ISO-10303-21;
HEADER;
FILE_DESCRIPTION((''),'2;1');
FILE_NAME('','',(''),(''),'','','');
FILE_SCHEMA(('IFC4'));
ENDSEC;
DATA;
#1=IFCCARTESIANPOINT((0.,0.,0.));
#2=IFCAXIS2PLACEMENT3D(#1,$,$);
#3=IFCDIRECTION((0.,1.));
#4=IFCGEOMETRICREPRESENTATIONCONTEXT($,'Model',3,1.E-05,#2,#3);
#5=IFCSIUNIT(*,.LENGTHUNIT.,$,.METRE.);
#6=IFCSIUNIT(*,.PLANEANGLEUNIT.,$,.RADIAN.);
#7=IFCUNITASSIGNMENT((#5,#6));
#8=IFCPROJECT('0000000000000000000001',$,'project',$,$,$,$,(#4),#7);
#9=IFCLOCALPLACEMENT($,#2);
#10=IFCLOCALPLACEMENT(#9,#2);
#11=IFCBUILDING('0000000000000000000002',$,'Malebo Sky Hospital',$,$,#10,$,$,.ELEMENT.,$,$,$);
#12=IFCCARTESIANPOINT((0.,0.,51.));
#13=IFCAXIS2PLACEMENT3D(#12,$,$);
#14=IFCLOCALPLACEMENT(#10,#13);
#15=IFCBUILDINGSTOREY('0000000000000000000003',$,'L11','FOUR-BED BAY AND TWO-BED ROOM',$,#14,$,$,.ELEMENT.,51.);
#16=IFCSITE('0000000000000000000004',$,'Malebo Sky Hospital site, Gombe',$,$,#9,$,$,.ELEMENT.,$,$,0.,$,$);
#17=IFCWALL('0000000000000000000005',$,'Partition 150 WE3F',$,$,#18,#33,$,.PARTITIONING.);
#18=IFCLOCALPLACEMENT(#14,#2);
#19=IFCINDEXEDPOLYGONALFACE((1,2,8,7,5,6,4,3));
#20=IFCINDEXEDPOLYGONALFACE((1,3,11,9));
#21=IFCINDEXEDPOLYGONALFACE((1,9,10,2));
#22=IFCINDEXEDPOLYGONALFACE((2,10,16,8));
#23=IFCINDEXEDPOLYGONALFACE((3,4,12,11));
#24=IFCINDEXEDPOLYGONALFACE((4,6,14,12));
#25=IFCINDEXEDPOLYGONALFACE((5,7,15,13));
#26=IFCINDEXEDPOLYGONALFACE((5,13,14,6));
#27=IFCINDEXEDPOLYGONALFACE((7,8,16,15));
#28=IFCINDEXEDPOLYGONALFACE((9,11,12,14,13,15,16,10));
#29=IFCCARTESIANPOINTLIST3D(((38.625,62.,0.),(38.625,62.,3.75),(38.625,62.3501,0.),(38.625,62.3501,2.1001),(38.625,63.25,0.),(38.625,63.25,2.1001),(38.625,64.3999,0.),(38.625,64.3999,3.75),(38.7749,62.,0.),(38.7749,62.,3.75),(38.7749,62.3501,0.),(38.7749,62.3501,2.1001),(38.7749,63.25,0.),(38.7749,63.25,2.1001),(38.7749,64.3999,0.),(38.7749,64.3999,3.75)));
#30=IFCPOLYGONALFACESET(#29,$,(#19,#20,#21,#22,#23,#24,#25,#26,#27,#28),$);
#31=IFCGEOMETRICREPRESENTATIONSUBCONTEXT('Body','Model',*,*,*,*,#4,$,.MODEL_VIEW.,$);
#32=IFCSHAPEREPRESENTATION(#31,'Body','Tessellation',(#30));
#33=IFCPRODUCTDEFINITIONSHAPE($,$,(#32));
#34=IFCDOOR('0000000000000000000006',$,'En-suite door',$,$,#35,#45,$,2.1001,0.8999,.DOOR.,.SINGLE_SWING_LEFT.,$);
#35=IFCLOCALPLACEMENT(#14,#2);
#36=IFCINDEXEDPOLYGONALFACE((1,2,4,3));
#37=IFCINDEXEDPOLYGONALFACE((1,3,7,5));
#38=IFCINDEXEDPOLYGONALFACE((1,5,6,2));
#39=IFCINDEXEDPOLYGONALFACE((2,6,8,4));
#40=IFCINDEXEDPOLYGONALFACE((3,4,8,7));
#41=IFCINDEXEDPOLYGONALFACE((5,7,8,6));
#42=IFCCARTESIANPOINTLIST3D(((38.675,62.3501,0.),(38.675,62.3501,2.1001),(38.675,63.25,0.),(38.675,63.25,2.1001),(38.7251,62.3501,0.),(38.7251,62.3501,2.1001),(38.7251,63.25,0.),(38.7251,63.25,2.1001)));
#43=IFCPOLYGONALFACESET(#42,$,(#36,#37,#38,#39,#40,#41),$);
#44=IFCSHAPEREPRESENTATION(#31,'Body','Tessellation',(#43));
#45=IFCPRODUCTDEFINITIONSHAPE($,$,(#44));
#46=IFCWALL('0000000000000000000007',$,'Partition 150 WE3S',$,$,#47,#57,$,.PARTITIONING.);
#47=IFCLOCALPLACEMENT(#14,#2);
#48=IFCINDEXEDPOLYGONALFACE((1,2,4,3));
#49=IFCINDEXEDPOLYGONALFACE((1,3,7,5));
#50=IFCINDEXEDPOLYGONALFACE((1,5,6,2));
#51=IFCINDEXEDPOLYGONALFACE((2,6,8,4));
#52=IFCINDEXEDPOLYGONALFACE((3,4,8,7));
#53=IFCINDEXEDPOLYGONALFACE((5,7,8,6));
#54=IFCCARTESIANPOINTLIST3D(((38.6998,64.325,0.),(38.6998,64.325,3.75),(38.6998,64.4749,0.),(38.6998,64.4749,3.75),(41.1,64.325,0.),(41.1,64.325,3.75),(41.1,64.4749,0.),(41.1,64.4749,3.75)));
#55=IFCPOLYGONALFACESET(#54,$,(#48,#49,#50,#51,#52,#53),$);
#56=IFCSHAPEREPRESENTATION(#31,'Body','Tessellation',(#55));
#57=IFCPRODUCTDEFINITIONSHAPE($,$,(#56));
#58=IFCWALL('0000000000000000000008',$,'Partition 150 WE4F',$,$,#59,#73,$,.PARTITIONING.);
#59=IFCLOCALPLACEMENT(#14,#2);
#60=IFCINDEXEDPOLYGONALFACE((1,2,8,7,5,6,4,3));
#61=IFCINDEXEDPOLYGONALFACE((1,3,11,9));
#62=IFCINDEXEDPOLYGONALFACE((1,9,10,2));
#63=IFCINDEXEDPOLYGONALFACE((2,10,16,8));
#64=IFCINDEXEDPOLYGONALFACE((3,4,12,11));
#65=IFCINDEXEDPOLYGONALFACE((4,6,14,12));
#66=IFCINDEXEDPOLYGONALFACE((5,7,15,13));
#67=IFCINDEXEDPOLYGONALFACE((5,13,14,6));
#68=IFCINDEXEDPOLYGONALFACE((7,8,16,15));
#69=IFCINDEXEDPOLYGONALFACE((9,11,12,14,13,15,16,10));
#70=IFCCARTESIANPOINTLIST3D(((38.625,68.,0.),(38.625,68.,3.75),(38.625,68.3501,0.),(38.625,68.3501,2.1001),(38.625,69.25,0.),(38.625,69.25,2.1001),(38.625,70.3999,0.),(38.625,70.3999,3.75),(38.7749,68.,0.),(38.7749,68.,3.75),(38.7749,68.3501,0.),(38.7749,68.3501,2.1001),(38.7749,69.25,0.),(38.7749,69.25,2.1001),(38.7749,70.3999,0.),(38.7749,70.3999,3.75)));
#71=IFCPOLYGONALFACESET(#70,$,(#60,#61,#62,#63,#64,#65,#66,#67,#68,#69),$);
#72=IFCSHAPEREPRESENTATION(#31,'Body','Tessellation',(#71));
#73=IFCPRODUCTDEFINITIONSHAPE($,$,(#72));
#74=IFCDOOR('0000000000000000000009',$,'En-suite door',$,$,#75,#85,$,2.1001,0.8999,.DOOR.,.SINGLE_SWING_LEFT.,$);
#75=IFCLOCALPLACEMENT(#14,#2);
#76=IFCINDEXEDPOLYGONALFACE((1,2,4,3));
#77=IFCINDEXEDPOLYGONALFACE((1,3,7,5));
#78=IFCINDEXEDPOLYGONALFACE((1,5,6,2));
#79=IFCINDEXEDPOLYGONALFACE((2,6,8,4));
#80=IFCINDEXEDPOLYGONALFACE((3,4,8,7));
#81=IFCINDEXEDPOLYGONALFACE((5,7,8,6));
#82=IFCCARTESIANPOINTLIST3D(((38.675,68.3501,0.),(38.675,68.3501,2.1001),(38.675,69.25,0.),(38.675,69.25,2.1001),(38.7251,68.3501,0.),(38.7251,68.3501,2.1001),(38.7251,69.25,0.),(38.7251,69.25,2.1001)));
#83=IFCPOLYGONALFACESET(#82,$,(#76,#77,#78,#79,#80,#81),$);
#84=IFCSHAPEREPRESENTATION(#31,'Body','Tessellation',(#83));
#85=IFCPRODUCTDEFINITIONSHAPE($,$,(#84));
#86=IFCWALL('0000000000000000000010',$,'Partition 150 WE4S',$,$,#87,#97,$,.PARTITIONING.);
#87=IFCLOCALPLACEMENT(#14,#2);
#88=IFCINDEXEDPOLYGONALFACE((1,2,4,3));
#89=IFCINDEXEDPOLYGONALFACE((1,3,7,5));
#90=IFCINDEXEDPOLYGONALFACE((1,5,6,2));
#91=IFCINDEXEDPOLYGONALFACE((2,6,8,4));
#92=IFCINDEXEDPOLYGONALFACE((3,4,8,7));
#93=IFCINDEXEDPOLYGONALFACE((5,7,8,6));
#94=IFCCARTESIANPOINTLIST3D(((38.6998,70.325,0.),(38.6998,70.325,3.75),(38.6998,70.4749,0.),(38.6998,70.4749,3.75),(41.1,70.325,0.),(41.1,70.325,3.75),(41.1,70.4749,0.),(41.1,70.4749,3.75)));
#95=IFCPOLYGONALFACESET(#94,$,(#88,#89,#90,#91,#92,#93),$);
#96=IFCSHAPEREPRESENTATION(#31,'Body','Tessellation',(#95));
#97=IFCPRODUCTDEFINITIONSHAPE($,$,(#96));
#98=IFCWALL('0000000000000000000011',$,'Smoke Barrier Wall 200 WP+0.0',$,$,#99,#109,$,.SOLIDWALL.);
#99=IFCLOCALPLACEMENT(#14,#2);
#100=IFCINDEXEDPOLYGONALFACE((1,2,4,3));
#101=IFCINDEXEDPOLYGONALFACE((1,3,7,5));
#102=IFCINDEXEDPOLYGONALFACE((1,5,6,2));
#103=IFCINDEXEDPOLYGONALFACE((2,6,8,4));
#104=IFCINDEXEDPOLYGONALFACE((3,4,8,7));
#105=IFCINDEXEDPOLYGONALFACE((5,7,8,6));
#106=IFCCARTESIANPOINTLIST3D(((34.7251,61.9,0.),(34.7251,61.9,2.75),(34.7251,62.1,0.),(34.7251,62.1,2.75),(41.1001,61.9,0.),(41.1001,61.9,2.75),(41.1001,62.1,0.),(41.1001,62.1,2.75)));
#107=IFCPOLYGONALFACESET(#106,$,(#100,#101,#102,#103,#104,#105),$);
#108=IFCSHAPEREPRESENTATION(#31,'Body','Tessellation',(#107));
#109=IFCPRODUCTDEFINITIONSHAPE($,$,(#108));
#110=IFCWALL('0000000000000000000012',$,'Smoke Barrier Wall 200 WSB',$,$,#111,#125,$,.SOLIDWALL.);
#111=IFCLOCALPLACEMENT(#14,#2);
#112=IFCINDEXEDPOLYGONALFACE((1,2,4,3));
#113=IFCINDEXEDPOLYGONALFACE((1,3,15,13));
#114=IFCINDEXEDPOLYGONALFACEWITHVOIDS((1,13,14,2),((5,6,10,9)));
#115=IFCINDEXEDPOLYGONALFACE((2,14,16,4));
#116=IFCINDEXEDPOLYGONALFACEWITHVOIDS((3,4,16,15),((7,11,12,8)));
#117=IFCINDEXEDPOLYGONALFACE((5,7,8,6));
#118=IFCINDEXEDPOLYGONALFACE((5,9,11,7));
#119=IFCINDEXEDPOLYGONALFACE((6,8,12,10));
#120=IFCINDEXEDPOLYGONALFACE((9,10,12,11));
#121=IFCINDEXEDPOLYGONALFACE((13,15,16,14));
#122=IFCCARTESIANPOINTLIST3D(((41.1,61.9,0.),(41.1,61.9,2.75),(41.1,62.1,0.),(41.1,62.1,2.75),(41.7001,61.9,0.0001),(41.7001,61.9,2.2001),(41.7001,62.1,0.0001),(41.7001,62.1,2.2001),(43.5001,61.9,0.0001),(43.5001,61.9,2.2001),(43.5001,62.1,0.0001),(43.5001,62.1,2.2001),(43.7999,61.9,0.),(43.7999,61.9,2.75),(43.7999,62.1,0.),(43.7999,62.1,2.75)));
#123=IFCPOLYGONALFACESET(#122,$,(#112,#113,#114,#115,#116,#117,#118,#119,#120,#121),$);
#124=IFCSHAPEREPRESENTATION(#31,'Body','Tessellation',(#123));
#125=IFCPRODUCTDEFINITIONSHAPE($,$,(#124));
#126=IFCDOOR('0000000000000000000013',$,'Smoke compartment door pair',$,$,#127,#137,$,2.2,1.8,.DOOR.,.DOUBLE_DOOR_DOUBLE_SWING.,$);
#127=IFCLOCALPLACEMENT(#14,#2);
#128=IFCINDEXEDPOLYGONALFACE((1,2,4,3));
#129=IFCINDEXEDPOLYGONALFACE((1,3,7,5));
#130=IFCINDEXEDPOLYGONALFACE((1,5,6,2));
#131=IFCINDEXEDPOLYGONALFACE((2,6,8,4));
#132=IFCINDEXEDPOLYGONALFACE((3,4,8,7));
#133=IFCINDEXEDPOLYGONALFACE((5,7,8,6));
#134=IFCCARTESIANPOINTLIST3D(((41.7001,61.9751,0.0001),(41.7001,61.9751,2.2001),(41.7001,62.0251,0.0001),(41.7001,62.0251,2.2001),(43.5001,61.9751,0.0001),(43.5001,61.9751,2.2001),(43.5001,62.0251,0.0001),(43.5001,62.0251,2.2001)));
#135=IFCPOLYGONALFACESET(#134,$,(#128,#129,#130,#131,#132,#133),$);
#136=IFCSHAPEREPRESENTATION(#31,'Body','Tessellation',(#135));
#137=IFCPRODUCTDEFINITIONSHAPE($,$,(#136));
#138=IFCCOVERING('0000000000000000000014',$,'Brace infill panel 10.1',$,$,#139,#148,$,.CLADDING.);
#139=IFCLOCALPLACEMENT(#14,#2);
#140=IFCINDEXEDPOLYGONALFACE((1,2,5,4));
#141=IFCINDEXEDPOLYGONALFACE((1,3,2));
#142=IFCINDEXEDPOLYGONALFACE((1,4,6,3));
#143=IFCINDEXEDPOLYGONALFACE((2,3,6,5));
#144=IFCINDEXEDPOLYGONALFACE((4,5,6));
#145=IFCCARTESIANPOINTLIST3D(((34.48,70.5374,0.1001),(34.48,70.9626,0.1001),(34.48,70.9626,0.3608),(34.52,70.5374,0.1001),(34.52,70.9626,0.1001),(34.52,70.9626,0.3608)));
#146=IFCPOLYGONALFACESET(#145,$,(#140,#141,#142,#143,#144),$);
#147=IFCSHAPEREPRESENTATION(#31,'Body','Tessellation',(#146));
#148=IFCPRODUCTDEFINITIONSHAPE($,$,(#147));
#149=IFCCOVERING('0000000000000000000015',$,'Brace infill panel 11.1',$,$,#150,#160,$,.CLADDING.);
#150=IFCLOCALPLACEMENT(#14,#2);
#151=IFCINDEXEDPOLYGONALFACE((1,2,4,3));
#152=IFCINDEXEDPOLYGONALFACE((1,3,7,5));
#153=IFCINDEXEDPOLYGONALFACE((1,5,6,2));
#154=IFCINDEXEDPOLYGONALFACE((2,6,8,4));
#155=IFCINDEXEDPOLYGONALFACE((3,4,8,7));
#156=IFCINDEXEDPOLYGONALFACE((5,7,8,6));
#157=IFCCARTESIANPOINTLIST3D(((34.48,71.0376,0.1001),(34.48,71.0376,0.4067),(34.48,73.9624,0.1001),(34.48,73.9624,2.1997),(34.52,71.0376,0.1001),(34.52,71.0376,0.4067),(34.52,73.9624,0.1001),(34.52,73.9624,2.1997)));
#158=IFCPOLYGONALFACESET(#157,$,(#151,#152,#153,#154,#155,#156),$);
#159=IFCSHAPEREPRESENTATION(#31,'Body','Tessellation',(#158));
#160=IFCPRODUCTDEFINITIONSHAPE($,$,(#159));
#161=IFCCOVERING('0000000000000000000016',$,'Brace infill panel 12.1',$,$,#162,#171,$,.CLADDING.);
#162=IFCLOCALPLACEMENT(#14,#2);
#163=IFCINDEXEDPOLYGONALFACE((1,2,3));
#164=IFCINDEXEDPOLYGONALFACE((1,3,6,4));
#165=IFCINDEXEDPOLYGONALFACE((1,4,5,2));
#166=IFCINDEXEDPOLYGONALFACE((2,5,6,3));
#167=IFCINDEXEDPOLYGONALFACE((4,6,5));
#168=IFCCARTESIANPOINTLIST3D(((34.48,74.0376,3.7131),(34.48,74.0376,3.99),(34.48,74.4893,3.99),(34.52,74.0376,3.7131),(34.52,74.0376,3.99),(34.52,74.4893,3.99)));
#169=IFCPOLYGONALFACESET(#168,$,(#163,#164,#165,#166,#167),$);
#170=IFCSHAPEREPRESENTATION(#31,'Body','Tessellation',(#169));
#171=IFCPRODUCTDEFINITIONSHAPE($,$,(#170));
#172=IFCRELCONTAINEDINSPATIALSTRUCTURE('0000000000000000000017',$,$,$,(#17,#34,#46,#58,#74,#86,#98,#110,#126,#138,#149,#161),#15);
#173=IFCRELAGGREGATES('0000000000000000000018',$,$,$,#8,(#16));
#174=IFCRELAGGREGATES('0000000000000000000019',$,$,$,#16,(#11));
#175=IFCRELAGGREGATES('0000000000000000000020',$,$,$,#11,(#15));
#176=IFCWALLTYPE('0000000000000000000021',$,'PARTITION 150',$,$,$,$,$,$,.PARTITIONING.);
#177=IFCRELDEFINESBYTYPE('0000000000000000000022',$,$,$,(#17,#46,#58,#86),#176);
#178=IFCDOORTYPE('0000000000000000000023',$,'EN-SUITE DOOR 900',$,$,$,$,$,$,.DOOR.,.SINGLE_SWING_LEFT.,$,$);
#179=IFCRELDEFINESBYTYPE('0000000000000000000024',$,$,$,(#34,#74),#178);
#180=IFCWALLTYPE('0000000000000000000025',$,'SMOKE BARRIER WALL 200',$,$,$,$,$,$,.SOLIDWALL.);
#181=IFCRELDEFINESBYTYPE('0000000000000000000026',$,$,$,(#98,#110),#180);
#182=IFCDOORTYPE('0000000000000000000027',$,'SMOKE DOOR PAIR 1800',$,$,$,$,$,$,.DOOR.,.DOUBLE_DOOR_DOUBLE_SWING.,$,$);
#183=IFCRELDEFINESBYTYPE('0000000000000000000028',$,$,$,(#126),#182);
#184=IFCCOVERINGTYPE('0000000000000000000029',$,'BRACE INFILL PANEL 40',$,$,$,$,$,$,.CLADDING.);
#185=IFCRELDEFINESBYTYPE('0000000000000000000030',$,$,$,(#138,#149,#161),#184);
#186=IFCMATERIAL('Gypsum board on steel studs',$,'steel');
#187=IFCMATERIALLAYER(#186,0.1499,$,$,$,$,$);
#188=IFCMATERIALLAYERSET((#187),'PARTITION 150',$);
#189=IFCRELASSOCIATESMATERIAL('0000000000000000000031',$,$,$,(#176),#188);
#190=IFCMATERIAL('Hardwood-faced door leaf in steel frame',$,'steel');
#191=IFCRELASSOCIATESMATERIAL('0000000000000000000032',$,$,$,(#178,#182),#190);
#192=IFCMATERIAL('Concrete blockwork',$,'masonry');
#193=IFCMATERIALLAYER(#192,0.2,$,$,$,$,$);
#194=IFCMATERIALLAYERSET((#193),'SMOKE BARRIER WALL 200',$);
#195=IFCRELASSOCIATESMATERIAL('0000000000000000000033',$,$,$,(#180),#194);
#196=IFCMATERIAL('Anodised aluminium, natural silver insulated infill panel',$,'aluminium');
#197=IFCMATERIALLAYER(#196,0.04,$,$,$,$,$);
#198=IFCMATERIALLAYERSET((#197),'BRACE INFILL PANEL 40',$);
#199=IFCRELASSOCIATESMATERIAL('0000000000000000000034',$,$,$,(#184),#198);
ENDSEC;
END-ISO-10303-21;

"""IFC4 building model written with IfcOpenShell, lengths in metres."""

from ifc_helpers import new_model, si_unit, direction, frame, frame_2d, origin, place, context, subcontext, project, spatial, polyline, rectangle, outline, extrude, material, layer, layer_set, type_object, element, fill, save


model = new_model("IFC4")

# Units and contexts
model_context = context("Model", 3, precision=1e-05, world=origin(), true_north=direction((0.0, 1.0)))
body_context = subcontext(model_context, "Body", "Model", "MODEL_VIEW")
ifc_project = project(units=[si_unit("LENGTHUNIT", "METRE"), si_unit("PLANEANGLEUNIT", "RADIAN")], contexts=[model_context])

# Site, building, storey
site_placement = place(None, origin())
site = spatial("IfcSite", under=ifc_project, at=site_placement, Name="Malebo Sky Hospital site, Gombe", CompositionType="ELEMENT", RefElevation=0.0)
building_placement = place(site_placement, origin())
building = spatial("IfcBuilding", under=site, at=building_placement, Name="Malebo Sky Hospital", CompositionType="ELEMENT")
storey_placement = place(building_placement, frame((0.0, 0.0, 51.0)))
storey = spatial("IfcBuildingStorey", under=building, at=storey_placement, Name="L11", Description="FOUR-BED BAY AND TWO-BED ROOM", CompositionType="ELEMENT", Elevation=51.0)

# Shared definitions
ifc_material_1 = material(Name="Gypsum board on steel studs", Category="steel")
ifc_material_2 = material(Name="Hardwood-faced door leaf in steel frame", Category="steel")

# Shared definitions
ifc_layer_1 = layer(ifc_material_1, 0.1499)
ifc_layer_set_1 = layer_set([ifc_layer_1], Name="PARTITION 150")
wall_type_1 = type_object("IfcWallType", Name="PARTITION 150", PredefinedType="PARTITIONING", material=ifc_layer_set_1)

# Wall, opening, door
wall_1_placement = place(storey_placement, frame((38.7, 62.0, 0.0), z_axis=(0.0, 0.0, 1.0), x_axis=(0.0, 1.0, 0.0)))
wall_1 = element("IfcWall", 1, at=wall_1_placement, inside=storey, type_object=wall_type_1, Name="Partition 150 WE3F", PredefinedType="PARTITIONING", context=body_context, shape_type="SweptSolid", body=[
    extrude(rectangle(XDim=2.3999, YDim=0.1499, at=frame_2d((1.2, 0.0))), origin(), (0.0, 0.0, 1.0), 3.75),
])
opening_1_placement = place(wall_1_placement, frame((0.3501, 0.0, 0.0)))
opening_1 = element("IfcOpeningElement", 2, at=opening_1_placement, cuts=wall_1, PredefinedType="OPENING", context=body_context, shape_type="SweptSolid", body=[
    extrude(rectangle(XDim=0.8999, YDim=2.1001, at=frame_2d((0.45, 1.05))), frame((0.0, 0.085, 0.0), z_axis=(0.0, -1.0, 0.0), x_axis=(1.0, 0.0, 0.0)), (0.0, 0.0, 1.0), 0.1699),
])
door_type_1 = type_object("IfcDoorType", Name="EN-SUITE DOOR 900", OperationType="SINGLE_SWING_LEFT", PredefinedType="DOOR", material=ifc_material_2)
door_1_placement = place(opening_1_placement, origin())
door_1 = element("IfcDoor", 3, at=door_1_placement, inside=storey, type_object=door_type_1, Name="En-suite door", OperationType="SINGLE_SWING_LEFT", OverallHeight=2.1001, OverallWidth=0.8999, PredefinedType="DOOR", context=body_context, shape_type="SweptSolid", body=[
    extrude(rectangle(XDim=0.8999, YDim=2.1001, at=frame_2d((0.45, 1.05))), frame((0.0, 0.0249, 0.0), z_axis=(0.0, -1.0, 0.0), x_axis=(1.0, 0.0, 0.0)), (0.0, 0.0, 1.0), 0.05),
])
fill(opening_1, door_1)

# Wall
wall_2_placement = place(storey_placement, frame((41.1001, 64.3999, 0.0), z_axis=(0.0, 0.0, 1.0), x_axis=(-1.0, 0.0, 0.0)))
element("IfcWall", 4, at=wall_2_placement, inside=storey, type_object=wall_type_1, Name="Partition 150 WE3S", PredefinedType="PARTITIONING", context=body_context, shape_type="SweptSolid", body=[
    extrude(rectangle(XDim=2.4001, YDim=0.1499, at=frame_2d((1.2002, 0.0))), origin(), (0.0, 0.0, 1.0), 3.75),
])

# Wall, opening, door
wall_3_placement = place(storey_placement, frame((38.7, 68.0, 0.0), z_axis=(0.0, 0.0, 1.0), x_axis=(0.0, 1.0, 0.0)))
wall_3 = element("IfcWall", 5, at=wall_3_placement, inside=storey, type_object=wall_type_1, Name="Partition 150 WE4F", PredefinedType="PARTITIONING", context=body_context, shape_type="SweptSolid", body=[
    extrude(rectangle(XDim=2.3999, YDim=0.1499, at=frame_2d((1.2, 0.0))), origin(), (0.0, 0.0, 1.0), 3.75),
])
opening_2_placement = place(wall_3_placement, frame((0.3501, 0.0, 0.0)))
opening_2 = element("IfcOpeningElement", 6, at=opening_2_placement, cuts=wall_3, PredefinedType="OPENING", context=body_context, shape_type="SweptSolid", body=[
    extrude(rectangle(XDim=0.8999, YDim=2.1001, at=frame_2d((0.45, 1.05))), frame((0.0, 0.085, 0.0), z_axis=(0.0, -1.0, 0.0), x_axis=(1.0, 0.0, 0.0)), (0.0, 0.0, 1.0), 0.1699),
])
door_2_placement = place(opening_2_placement, origin())
door_2 = element("IfcDoor", 7, at=door_2_placement, inside=storey, type_object=door_type_1, Name="En-suite door", OperationType="SINGLE_SWING_LEFT", OverallHeight=2.1001, OverallWidth=0.8999, PredefinedType="DOOR", context=body_context, shape_type="SweptSolid", body=[
    extrude(rectangle(XDim=0.8999, YDim=2.1001, at=frame_2d((0.45, 1.05))), frame((0.0, 0.0249, 0.0), z_axis=(0.0, -1.0, 0.0), x_axis=(1.0, 0.0, 0.0)), (0.0, 0.0, 1.0), 0.05),
])
fill(opening_2, door_2)

# Walls
wall_4_placement = place(storey_placement, frame((41.1001, 70.3999, 0.0), z_axis=(0.0, 0.0, 1.0), x_axis=(-1.0, 0.0, 0.0)))
element("IfcWall", 8, at=wall_4_placement, inside=storey, type_object=wall_type_1, Name="Partition 150 WE4S", PredefinedType="PARTITIONING", context=body_context, shape_type="SweptSolid", body=[
    extrude(rectangle(XDim=2.4001, YDim=0.1499, at=frame_2d((1.2002, 0.0))), origin(), (0.0, 0.0, 1.0), 3.75),
])
ifc_material_3 = material(Name="Concrete blockwork", Category="masonry")
ifc_layer_2 = layer(ifc_material_3, 0.2)
ifc_layer_set_2 = layer_set([ifc_layer_2], Name="SMOKE BARRIER WALL 200")
wall_type_2 = type_object("IfcWallType", Name="SMOKE BARRIER WALL 200", PredefinedType="SOLIDWALL", material=ifc_layer_set_2)
wall_5_placement = place(storey_placement, frame((41.1001, 62.0, 0.0), z_axis=(0.0, 0.0, 1.0), x_axis=(-1.0, 0.0, 0.0)))
element("IfcWall", 9, at=wall_5_placement, inside=storey, type_object=wall_type_2, Name="Smoke Barrier Wall 200 WP+0.0", PredefinedType="SOLIDWALL", context=body_context, shape_type="SweptSolid", body=[
    extrude(rectangle(XDim=6.375, YDim=0.2, at=frame_2d((3.1875, 0.0))), origin(), (0.0, 0.0, 1.0), 2.75),
])

# Wall, opening, door
wall_6_placement = place(storey_placement, frame((43.8, 62.0, 0.0), z_axis=(0.0, 0.0, 1.0), x_axis=(-1.0, 0.0, 0.0)))
wall_6 = element("IfcWall", 10, at=wall_6_placement, inside=storey, type_object=wall_type_2, Name="Smoke Barrier Wall 200 WSB", PredefinedType="SOLIDWALL", context=body_context, shape_type="SweptSolid", body=[
    extrude(rectangle(XDim=2.7, YDim=0.2, at=frame_2d((1.3501, 0.0))), origin(), (0.0, 0.0, 1.0), 2.75),
])
opening_3_placement = place(wall_6_placement, frame((0.3, 0.0, 0.0)))
opening_3 = element("IfcOpeningElement", 11, at=opening_3_placement, cuts=wall_6, PredefinedType="OPENING", context=body_context, shape_type="SweptSolid", body=[
    extrude(rectangle(XDim=1.8, YDim=2.2, at=frame_2d((0.8999, 1.1001))), frame((0.0, 0.1099, 0.0), z_axis=(0.0, -1.0, 0.0), x_axis=(1.0, 0.0, 0.0)), (0.0, 0.0, 1.0), 0.22),
])
door_type_2 = type_object("IfcDoorType", Name="SMOKE DOOR PAIR 1800", OperationType="DOUBLE_DOOR_DOUBLE_SWING", PredefinedType="DOOR", material=ifc_material_2)
door_3_placement = place(opening_3_placement, origin())
door_3 = element("IfcDoor", 12, at=door_3_placement, inside=storey, type_object=door_type_2, Name="Smoke compartment door pair", OperationType="DOUBLE_DOOR_DOUBLE_SWING", OverallHeight=2.2, OverallWidth=1.8, PredefinedType="DOOR", context=body_context, shape_type="SweptSolid", body=[
    extrude(rectangle(XDim=1.8, YDim=2.2, at=frame_2d((0.8999, 1.1001))), frame((0.0, 0.0249, 0.0), z_axis=(0.0, -1.0, 0.0), x_axis=(1.0, 0.0, 0.0)), (0.0, 0.0, 1.0), 0.05),
])
fill(opening_3, door_3)

# Coverings
ifc_material_4 = material(Name="Anodised aluminium, natural silver insulated infill panel", Category="aluminium")
ifc_layer_3 = layer(ifc_material_4, 0.04)
ifc_layer_set_3 = layer_set([ifc_layer_3], Name="BRACE INFILL PANEL 40")
covering_type = type_object("IfcCoveringType", Name="BRACE INFILL PANEL 40", PredefinedType="CLADDING", material=ifc_layer_set_3)
covering_1_placement = place(storey_placement, frame((34.5, 70.75, 0.1001), z_axis=(0.0, 0.0, 1.0), x_axis=(0.0, 1.0, 0.0)))
element("IfcCovering", 13, at=covering_1_placement, inside=storey, type_object=covering_type, Name="Brace infill panel 10.1", PredefinedType="CLADDING", context=body_context, shape_type="SweptSolid", body=[
    extrude(outline(polyline([(-0.2126, 0.0), (0.2126, 0.0), (0.2126, 0.2607), (-0.2126, 0.0)])), frame((0.0, 0.02, 0.0), z_axis=(0.0, -1.0, 0.0), x_axis=(1.0, 0.0, 0.0)), (0.0, 0.0, 1.0), 0.04),
])
covering_2_placement = place(storey_placement, frame((34.5, 72.5, 0.1001), z_axis=(0.0, 0.0, 1.0), x_axis=(0.0, 1.0, 0.0)))
element("IfcCovering", 14, at=covering_2_placement, inside=storey, type_object=covering_type, Name="Brace infill panel 11.1", PredefinedType="CLADDING", context=body_context, shape_type="SweptSolid", body=[
    extrude(outline(polyline([(-1.4624, 0.0), (1.4624, 0.0), (1.4624, 2.0996), (-1.4624, 0.3066), (-1.4624, 0.0)])), frame((0.0, 0.02, 0.0), z_axis=(0.0, -1.0, 0.0), x_axis=(1.0, 0.0, 0.0)), (0.0, 0.0, 1.0), 0.04),
])
covering_3_placement = place(storey_placement, frame((34.5, 74.2634, 3.7131), z_axis=(0.0, 0.0, 1.0), x_axis=(0.0, 1.0, 0.0)))
element("IfcCovering", 15, at=covering_3_placement, inside=storey, type_object=covering_type, Name="Brace infill panel 12.1", PredefinedType="CLADDING", context=body_context, shape_type="SweptSolid", body=[
    extrude(outline(polyline([(-0.2258, 0.0), (0.2258, 0.2769), (-0.2258, 0.2769), (-0.2258, 0.0)])), frame((0.0, 0.02, 0.0), z_axis=(0.0, -1.0, 0.0), x_axis=(1.0, 0.0, 0.0)), (0.0, 0.0, 1.0), 0.04),
])

save(model, "model.ifc")
